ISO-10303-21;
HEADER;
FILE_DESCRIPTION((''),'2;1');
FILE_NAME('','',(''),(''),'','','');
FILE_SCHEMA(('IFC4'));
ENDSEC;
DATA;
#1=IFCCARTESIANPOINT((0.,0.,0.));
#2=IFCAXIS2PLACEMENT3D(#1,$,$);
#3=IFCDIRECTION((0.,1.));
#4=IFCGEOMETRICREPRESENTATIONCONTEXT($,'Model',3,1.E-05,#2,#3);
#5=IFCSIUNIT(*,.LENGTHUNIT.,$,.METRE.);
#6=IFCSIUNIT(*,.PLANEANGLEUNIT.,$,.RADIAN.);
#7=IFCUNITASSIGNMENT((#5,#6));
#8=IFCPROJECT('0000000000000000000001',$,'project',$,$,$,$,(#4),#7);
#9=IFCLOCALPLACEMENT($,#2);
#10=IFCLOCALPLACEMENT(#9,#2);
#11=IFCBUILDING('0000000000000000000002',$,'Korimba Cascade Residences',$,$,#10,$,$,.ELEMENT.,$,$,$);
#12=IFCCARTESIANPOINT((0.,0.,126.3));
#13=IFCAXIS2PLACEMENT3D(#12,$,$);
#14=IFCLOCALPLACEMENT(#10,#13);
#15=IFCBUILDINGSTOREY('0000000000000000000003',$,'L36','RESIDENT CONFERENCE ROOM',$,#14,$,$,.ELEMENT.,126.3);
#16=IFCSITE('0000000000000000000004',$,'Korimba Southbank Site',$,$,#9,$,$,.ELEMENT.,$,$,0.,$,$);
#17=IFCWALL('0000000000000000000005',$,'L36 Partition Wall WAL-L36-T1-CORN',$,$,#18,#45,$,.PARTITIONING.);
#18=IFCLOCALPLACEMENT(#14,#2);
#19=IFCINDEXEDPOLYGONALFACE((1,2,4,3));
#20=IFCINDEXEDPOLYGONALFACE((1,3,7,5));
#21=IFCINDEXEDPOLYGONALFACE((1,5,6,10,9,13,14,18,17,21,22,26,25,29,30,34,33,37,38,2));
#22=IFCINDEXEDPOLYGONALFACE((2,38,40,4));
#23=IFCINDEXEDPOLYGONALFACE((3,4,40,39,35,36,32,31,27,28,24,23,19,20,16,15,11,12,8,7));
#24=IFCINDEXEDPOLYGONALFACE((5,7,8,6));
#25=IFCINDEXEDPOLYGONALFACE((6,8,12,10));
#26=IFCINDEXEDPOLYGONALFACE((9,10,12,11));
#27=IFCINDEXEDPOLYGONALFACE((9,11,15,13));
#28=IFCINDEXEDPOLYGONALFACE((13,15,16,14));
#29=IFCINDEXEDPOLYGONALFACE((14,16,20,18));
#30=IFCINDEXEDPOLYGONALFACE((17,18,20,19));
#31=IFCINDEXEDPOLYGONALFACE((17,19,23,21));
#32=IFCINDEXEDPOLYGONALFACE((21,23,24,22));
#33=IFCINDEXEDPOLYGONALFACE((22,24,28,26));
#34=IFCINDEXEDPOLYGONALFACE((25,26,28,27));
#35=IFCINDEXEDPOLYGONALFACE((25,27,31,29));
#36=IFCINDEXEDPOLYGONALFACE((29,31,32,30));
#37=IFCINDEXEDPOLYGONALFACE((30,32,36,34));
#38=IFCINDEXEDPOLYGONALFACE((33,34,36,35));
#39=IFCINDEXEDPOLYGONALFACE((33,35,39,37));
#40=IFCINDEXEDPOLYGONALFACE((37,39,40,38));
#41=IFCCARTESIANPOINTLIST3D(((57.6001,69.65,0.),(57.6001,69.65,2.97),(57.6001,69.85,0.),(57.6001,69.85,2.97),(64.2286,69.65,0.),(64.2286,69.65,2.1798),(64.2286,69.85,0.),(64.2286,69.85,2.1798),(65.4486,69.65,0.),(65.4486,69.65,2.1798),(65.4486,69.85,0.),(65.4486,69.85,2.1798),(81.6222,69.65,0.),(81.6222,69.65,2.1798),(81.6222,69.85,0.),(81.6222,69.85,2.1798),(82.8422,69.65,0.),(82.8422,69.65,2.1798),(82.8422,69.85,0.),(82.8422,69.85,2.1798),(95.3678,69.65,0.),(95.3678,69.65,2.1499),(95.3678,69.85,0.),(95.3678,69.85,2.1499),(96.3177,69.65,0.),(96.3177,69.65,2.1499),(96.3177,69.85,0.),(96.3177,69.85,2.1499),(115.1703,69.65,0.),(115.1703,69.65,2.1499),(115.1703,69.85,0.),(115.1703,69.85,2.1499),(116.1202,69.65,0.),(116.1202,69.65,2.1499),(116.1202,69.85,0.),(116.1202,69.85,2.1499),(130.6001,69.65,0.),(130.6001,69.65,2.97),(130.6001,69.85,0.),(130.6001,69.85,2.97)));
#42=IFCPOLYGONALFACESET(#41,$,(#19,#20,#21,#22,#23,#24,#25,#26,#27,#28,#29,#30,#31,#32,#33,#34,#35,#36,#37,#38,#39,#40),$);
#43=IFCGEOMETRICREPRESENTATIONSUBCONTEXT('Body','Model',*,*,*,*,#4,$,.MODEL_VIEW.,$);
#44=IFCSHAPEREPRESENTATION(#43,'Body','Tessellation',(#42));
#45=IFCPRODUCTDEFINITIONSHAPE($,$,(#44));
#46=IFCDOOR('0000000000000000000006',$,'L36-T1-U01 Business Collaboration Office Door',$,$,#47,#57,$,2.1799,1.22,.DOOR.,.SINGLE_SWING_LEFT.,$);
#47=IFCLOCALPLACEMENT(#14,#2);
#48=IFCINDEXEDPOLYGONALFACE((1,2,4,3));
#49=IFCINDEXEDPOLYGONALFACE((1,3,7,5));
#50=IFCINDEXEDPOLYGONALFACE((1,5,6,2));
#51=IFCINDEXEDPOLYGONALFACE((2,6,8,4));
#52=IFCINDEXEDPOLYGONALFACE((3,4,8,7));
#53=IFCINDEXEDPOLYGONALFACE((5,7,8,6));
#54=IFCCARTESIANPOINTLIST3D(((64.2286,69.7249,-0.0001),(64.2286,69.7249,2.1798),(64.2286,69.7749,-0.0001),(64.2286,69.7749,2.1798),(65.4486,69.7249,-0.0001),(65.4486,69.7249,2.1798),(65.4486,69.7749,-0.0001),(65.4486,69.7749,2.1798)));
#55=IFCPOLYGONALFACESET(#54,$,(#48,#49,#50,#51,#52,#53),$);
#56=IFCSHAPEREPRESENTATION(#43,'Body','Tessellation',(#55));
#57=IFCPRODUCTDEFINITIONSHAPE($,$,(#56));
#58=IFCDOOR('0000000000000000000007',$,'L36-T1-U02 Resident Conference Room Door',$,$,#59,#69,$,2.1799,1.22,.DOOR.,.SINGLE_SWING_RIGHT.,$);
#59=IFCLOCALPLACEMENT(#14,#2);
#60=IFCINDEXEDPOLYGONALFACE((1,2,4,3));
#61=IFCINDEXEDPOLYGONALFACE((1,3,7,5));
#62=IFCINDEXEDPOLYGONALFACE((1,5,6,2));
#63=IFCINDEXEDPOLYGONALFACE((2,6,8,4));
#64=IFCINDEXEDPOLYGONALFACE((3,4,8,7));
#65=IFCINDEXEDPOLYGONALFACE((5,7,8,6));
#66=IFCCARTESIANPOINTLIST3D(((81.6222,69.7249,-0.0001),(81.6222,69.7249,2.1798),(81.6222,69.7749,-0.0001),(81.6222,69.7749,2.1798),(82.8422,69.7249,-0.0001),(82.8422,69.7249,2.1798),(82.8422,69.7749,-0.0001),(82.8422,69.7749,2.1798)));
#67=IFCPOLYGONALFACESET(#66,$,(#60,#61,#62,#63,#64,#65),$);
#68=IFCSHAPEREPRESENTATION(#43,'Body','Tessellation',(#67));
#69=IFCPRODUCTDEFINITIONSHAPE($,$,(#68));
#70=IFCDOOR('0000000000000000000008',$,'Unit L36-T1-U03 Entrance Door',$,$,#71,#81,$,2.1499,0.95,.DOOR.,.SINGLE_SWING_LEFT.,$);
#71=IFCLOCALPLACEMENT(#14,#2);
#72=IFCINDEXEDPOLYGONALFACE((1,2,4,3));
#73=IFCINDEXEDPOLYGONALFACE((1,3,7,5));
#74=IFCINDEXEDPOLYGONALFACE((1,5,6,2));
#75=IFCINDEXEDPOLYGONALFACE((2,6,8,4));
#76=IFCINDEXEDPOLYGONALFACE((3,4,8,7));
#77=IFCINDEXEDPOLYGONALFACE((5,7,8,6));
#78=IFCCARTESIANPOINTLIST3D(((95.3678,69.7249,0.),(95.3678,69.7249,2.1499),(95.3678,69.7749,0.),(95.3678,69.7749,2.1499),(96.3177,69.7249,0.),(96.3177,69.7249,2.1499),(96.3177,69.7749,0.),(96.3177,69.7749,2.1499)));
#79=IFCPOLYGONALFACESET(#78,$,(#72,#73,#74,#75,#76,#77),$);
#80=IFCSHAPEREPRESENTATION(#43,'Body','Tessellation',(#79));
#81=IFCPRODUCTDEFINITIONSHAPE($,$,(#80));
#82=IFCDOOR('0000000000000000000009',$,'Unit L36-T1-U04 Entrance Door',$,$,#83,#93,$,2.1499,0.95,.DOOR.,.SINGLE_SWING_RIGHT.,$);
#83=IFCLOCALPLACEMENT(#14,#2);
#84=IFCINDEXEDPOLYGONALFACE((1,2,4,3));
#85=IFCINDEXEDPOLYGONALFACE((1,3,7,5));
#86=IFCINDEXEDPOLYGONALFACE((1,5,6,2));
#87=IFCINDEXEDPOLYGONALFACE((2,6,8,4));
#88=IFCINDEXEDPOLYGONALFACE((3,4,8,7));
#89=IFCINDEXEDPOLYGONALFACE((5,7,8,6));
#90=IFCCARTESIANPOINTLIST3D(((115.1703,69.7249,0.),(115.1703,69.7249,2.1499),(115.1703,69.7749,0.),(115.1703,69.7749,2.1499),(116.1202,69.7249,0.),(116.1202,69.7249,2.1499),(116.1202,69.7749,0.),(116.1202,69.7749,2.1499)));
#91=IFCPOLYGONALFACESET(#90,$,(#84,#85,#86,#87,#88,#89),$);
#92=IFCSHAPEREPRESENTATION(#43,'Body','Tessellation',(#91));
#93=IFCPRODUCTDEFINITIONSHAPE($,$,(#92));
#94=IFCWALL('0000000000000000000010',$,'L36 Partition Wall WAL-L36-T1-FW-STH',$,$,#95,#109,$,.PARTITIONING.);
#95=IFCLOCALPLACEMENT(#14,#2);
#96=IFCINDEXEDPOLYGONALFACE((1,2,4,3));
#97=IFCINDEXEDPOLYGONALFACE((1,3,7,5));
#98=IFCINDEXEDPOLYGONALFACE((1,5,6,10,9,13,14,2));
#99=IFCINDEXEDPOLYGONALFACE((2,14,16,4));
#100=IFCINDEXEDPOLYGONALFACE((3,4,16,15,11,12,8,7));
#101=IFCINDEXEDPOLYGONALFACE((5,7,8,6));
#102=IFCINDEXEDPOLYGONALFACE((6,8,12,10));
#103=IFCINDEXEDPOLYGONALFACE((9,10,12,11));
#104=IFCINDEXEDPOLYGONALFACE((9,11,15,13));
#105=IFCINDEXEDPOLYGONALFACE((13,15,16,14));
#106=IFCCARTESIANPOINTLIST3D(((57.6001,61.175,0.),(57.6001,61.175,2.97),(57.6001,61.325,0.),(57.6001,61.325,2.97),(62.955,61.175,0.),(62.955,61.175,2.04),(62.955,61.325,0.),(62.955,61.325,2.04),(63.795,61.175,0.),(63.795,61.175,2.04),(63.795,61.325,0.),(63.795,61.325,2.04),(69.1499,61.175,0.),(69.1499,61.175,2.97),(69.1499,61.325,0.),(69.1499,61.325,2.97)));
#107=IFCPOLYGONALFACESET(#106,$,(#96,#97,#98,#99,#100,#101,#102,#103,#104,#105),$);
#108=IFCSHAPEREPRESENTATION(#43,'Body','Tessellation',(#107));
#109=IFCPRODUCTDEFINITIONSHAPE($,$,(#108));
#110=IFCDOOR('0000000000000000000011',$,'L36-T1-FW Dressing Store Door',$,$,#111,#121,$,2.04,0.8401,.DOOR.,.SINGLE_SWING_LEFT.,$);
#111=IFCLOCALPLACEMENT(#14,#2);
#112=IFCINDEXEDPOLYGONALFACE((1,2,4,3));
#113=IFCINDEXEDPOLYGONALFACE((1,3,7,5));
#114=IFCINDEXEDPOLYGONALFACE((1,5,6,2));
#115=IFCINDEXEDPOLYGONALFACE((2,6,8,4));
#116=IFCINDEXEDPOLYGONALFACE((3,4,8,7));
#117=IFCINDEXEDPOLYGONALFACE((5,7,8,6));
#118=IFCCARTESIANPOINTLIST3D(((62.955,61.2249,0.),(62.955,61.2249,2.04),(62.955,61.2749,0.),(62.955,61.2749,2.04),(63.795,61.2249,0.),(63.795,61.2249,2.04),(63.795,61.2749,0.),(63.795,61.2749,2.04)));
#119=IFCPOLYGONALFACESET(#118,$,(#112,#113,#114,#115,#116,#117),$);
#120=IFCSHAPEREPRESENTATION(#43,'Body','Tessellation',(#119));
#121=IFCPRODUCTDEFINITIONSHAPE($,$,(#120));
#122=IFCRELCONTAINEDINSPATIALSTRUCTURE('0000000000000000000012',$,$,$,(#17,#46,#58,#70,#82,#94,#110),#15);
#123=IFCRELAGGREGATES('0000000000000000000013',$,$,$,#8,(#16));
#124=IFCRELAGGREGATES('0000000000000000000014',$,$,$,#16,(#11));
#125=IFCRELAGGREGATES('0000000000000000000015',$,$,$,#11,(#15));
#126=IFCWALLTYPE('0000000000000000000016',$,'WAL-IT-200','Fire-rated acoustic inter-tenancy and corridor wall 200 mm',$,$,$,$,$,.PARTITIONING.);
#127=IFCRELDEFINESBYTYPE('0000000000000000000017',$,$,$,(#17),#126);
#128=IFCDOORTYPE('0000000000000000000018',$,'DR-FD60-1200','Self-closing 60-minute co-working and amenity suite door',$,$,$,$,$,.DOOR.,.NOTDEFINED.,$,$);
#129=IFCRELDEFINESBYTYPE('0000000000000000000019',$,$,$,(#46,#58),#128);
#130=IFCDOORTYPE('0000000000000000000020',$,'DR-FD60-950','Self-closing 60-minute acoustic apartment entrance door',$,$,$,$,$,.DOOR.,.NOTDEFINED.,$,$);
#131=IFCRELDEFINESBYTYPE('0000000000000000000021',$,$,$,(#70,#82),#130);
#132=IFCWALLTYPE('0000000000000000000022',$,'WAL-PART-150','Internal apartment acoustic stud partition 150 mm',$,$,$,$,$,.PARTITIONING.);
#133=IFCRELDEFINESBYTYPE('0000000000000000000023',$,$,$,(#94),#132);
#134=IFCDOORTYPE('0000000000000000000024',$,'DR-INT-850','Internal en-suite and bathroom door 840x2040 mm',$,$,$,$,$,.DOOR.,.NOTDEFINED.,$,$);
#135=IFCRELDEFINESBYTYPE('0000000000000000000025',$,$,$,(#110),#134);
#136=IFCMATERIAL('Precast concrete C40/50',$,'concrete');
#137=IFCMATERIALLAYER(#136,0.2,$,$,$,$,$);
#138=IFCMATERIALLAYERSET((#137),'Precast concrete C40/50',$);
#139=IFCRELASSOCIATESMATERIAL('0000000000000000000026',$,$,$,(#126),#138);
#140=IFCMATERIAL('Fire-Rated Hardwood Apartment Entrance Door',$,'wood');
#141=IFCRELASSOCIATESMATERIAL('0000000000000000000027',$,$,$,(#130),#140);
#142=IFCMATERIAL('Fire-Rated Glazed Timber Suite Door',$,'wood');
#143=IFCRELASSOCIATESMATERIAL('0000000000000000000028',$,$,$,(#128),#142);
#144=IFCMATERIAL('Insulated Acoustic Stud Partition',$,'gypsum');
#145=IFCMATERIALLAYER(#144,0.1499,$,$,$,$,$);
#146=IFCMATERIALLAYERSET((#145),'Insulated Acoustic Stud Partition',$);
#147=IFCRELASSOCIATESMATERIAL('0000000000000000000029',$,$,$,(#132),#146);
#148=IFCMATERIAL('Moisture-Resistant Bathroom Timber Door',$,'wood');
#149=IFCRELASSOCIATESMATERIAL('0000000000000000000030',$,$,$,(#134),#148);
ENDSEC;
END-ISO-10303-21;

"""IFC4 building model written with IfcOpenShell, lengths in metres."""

from ifc_helpers import new_model, si_unit, direction, frame, frame_2d, origin, place, context, subcontext, project, spatial, rectangle, extrude, material, layer, layer_set, type_object, element, fill, save


model = new_model("IFC4")

# Units and contexts
model_context = context("Model", 3, precision=1e-05, world=origin(), true_north=direction((0.0, 1.0)))
body_context = subcontext(model_context, "Body", "Model", "MODEL_VIEW")
ifc_project = project(units=[si_unit("LENGTHUNIT", "METRE"), si_unit("PLANEANGLEUNIT", "RADIAN")], contexts=[model_context])

# Site, building, storey
site_placement = place(None, origin())
site = spatial("IfcSite", under=ifc_project, at=site_placement, Name="Korimba Southbank Site", CompositionType="ELEMENT", RefElevation=0.0)
building_placement = place(site_placement, origin())
building = spatial("IfcBuilding", under=site, at=building_placement, Name="Korimba Cascade Residences", CompositionType="ELEMENT")
storey_placement = place(building_placement, frame((0.0, 0.0, 126.3)))
storey = spatial("IfcBuildingStorey", under=building, at=storey_placement, Name="L36", Description="RESIDENT CONFERENCE ROOM", CompositionType="ELEMENT", Elevation=126.3)

# Shared definitions
ifc_material_1 = material(Name="Precast concrete C40/50", Category="concrete")
ifc_layer_1 = layer(ifc_material_1, 0.2)
ifc_layer_set_1 = layer_set([ifc_layer_1], Name="Precast concrete C40/50")
wall_type_1 = type_object("IfcWallType", Name="WAL-IT-200", Description="Fire-rated acoustic inter-tenancy and corridor wall 200 mm", PredefinedType="PARTITIONING", material=ifc_layer_set_1)
ifc_material_2 = material(Name="Fire-Rated Hardwood Apartment Entrance Door", Category="wood")
door_type_1 = type_object("IfcDoorType", Name="DR-FD60-950", Description="Self-closing 60-minute acoustic apartment entrance door", OperationType="NOTDEFINED", PredefinedType="DOOR", material=ifc_material_2)

# Wall, openings, doors
wall_1_placement = place(storey_placement, frame((57.6001, 69.75, 0.0), z_axis=(0.0, 0.0, 1.0), x_axis=(1.0, 0.0, 0.0)))
wall_1 = element("IfcWall", 1, at=wall_1_placement, inside=storey, type_object=wall_type_1, Name="L36 Partition Wall WAL-L36-T1-CORN", PredefinedType="PARTITIONING", context=body_context, shape_type="SweptSolid", body=[
    extrude(rectangle(XDim=73.0, YDim=0.2, at=frame_2d((36.5, 0.0))), origin(), (0.0, 0.0, 1.0), 2.97),
])
opening_1_placement = place(wall_1_placement, frame((6.6287, 0.0, 0.0)))
opening_1 = element("IfcOpeningElement", 2, at=opening_1_placement, cuts=wall_1, PredefinedType="OPENING", context=body_context, shape_type="SweptSolid", body=[
    extrude(rectangle(XDim=1.22, YDim=2.1799, at=frame_2d((0.6099, 1.0898))), frame((0.0, 0.1099, 0.0), z_axis=(0.0, -1.0, 0.0), x_axis=(1.0, 0.0, 0.0)), (0.0, 0.0, 1.0), 0.22),
])
opening_2_placement = place(wall_1_placement, frame((24.0222, 0.0, 0.0)))
opening_2 = element("IfcOpeningElement", 3, at=opening_2_placement, cuts=wall_1, PredefinedType="OPENING", context=body_context, shape_type="SweptSolid", body=[
    extrude(rectangle(XDim=1.22, YDim=2.1799, at=frame_2d((0.6099, 1.0898))), frame((0.0, 0.1099, 0.0), z_axis=(0.0, -1.0, 0.0), x_axis=(1.0, 0.0, 0.0)), (0.0, 0.0, 1.0), 0.22),
])
opening_3_placement = place(wall_1_placement, frame((37.7676, 0.0, 0.0)))
opening_3 = element("IfcOpeningElement", 4, at=opening_3_placement, cuts=wall_1, PredefinedType="OPENING", context=body_context, shape_type="SweptSolid", body=[
    extrude(rectangle(XDim=0.95, YDim=2.1499, at=frame_2d((0.4751, 1.075))), frame((0.0, 0.1099, 0.0), z_axis=(0.0, -1.0, 0.0), x_axis=(1.0, 0.0, 0.0)), (0.0, 0.0, 1.0), 0.22),
])
opening_4_placement = place(wall_1_placement, frame((57.5701, 0.0, 0.0)))
opening_4 = element("IfcOpeningElement", 5, at=opening_4_placement, cuts=wall_1, PredefinedType="OPENING", context=body_context, shape_type="SweptSolid", body=[
    extrude(rectangle(XDim=0.95, YDim=2.1499, at=frame_2d((0.4751, 1.075))), frame((0.0, 0.1099, 0.0), z_axis=(0.0, -1.0, 0.0), x_axis=(1.0, 0.0, 0.0)), (0.0, 0.0, 1.0), 0.22),
])
ifc_material_3 = material(Name="Fire-Rated Glazed Timber Suite Door", Category="wood")
door_type_2 = type_object("IfcDoorType", Name="DR-FD60-1200", Description="Self-closing 60-minute co-working and amenity suite door", OperationType="NOTDEFINED", PredefinedType="DOOR", material=ifc_material_3)
door_1_placement = place(opening_1_placement, origin())
door_1 = element("IfcDoor", 6, at=door_1_placement, inside=storey, type_object=door_type_2, Name="L36-T1-U01 Business Collaboration Office Door", OperationType="SINGLE_SWING_LEFT", OverallHeight=2.1799, OverallWidth=1.22, PredefinedType="DOOR", context=body_context, shape_type="SweptSolid", body=[
    extrude(rectangle(XDim=1.22, YDim=2.1799, at=frame_2d((0.6099, 1.0898))), frame((0.0, 0.0249, 0.0), z_axis=(0.0, -1.0, 0.0), x_axis=(1.0, 0.0, 0.0)), (0.0, 0.0, 1.0), 0.05),
])
fill(opening_1, door_1)
door_2_placement = place(opening_2_placement, origin())
door_2 = element("IfcDoor", 7, at=door_2_placement, inside=storey, type_object=door_type_2, Name="L36-T1-U02 Resident Conference Room Door", OperationType="SINGLE_SWING_RIGHT", OverallHeight=2.1799, OverallWidth=1.22, PredefinedType="DOOR", context=body_context, shape_type="SweptSolid", body=[
    extrude(rectangle(XDim=1.22, YDim=2.1799, at=frame_2d((0.6099, 1.0898))), frame((0.0, 0.0249, 0.0), z_axis=(0.0, -1.0, 0.0), x_axis=(1.0, 0.0, 0.0)), (0.0, 0.0, 1.0), 0.05),
])
fill(opening_2, door_2)
door_3_placement = place(opening_3_placement, origin())
door_3 = element("IfcDoor", 8, at=door_3_placement, inside=storey, type_object=door_type_1, Name="Unit L36-T1-U03 Entrance Door", OperationType="SINGLE_SWING_LEFT", OverallHeight=2.1499, OverallWidth=0.95, PredefinedType="DOOR", context=body_context, shape_type="SweptSolid", body=[
    extrude(rectangle(XDim=0.95, YDim=2.1499, at=frame_2d((0.4751, 1.075))), frame((0.0, 0.0249, 0.0), z_axis=(0.0, -1.0, 0.0), x_axis=(1.0, 0.0, 0.0)), (0.0, 0.0, 1.0), 0.05),
])
fill(opening_3, door_3)
door_4_placement = place(opening_4_placement, origin())
door_4 = element("IfcDoor", 9, at=door_4_placement, inside=storey, type_object=door_type_1, Name="Unit L36-T1-U04 Entrance Door", OperationType="SINGLE_SWING_RIGHT", OverallHeight=2.1499, OverallWidth=0.95, PredefinedType="DOOR", context=body_context, shape_type="SweptSolid", body=[
    extrude(rectangle(XDim=0.95, YDim=2.1499, at=frame_2d((0.4751, 1.075))), frame((0.0, 0.0249, 0.0), z_axis=(0.0, -1.0, 0.0), x_axis=(1.0, 0.0, 0.0)), (0.0, 0.0, 1.0), 0.05),
])
fill(opening_4, door_4)

# Wall, opening, door
ifc_material_4 = material(Name="Insulated Acoustic Stud Partition", Category="gypsum")
ifc_layer_2 = layer(ifc_material_4, 0.1499)
ifc_layer_set_2 = layer_set([ifc_layer_2], Name="Insulated Acoustic Stud Partition")
wall_type_2 = type_object("IfcWallType", Name="WAL-PART-150", Description="Internal apartment acoustic stud partition 150 mm", PredefinedType="PARTITIONING", material=ifc_layer_set_2)
wall_2_placement = place(storey_placement, frame((57.6001, 61.25, 0.0), z_axis=(0.0, 0.0, 1.0), x_axis=(1.0, 0.0, 0.0)))
wall_2 = element("IfcWall", 10, at=wall_2_placement, inside=storey, type_object=wall_type_2, Name="L36 Partition Wall WAL-L36-T1-FW-STH", PredefinedType="PARTITIONING", context=body_context, shape_type="SweptSolid", body=[
    extrude(rectangle(XDim=11.5498, YDim=0.1499, at=frame_2d((5.7749, 0.0))), origin(), (0.0, 0.0, 1.0), 2.97),
])
opening_5_placement = place(wall_2_placement, frame((5.355, 0.0, 0.0)))
opening_5 = element("IfcOpeningElement", 11, at=opening_5_placement, cuts=wall_2, PredefinedType="OPENING", context=body_context, shape_type="SweptSolid", body=[
    extrude(rectangle(XDim=0.8401, YDim=2.04, at=frame_2d((0.4199, 1.02))), frame((0.0, 0.085, 0.0), z_axis=(0.0, -1.0, 0.0), x_axis=(1.0, 0.0, 0.0)), (0.0, 0.0, 1.0), 0.1699),
])
ifc_material_5 = material(Name="Moisture-Resistant Bathroom Timber Door", Category="wood")
door_type_3 = type_object("IfcDoorType", Name="DR-INT-850", Description="Internal en-suite and bathroom door 840x2040 mm", OperationType="NOTDEFINED", PredefinedType="DOOR", material=ifc_material_5)
door_5_placement = place(opening_5_placement, origin())
door_5 = element("IfcDoor", 12, at=door_5_placement, inside=storey, type_object=door_type_3, Name="L36-T1-FW Dressing Store Door", OperationType="SINGLE_SWING_LEFT", OverallHeight=2.04, OverallWidth=0.8401, PredefinedType="DOOR", context=body_context, shape_type="SweptSolid", body=[
    extrude(rectangle(XDim=0.8401, YDim=2.04, at=frame_2d((0.4199, 1.02))), frame((0.0, 0.0249, 0.0), z_axis=(0.0, -1.0, 0.0), x_axis=(1.0, 0.0, 0.0)), (0.0, 0.0, 1.0), 0.05),
])
fill(opening_5, door_5)

save(model, "model.ifc")
